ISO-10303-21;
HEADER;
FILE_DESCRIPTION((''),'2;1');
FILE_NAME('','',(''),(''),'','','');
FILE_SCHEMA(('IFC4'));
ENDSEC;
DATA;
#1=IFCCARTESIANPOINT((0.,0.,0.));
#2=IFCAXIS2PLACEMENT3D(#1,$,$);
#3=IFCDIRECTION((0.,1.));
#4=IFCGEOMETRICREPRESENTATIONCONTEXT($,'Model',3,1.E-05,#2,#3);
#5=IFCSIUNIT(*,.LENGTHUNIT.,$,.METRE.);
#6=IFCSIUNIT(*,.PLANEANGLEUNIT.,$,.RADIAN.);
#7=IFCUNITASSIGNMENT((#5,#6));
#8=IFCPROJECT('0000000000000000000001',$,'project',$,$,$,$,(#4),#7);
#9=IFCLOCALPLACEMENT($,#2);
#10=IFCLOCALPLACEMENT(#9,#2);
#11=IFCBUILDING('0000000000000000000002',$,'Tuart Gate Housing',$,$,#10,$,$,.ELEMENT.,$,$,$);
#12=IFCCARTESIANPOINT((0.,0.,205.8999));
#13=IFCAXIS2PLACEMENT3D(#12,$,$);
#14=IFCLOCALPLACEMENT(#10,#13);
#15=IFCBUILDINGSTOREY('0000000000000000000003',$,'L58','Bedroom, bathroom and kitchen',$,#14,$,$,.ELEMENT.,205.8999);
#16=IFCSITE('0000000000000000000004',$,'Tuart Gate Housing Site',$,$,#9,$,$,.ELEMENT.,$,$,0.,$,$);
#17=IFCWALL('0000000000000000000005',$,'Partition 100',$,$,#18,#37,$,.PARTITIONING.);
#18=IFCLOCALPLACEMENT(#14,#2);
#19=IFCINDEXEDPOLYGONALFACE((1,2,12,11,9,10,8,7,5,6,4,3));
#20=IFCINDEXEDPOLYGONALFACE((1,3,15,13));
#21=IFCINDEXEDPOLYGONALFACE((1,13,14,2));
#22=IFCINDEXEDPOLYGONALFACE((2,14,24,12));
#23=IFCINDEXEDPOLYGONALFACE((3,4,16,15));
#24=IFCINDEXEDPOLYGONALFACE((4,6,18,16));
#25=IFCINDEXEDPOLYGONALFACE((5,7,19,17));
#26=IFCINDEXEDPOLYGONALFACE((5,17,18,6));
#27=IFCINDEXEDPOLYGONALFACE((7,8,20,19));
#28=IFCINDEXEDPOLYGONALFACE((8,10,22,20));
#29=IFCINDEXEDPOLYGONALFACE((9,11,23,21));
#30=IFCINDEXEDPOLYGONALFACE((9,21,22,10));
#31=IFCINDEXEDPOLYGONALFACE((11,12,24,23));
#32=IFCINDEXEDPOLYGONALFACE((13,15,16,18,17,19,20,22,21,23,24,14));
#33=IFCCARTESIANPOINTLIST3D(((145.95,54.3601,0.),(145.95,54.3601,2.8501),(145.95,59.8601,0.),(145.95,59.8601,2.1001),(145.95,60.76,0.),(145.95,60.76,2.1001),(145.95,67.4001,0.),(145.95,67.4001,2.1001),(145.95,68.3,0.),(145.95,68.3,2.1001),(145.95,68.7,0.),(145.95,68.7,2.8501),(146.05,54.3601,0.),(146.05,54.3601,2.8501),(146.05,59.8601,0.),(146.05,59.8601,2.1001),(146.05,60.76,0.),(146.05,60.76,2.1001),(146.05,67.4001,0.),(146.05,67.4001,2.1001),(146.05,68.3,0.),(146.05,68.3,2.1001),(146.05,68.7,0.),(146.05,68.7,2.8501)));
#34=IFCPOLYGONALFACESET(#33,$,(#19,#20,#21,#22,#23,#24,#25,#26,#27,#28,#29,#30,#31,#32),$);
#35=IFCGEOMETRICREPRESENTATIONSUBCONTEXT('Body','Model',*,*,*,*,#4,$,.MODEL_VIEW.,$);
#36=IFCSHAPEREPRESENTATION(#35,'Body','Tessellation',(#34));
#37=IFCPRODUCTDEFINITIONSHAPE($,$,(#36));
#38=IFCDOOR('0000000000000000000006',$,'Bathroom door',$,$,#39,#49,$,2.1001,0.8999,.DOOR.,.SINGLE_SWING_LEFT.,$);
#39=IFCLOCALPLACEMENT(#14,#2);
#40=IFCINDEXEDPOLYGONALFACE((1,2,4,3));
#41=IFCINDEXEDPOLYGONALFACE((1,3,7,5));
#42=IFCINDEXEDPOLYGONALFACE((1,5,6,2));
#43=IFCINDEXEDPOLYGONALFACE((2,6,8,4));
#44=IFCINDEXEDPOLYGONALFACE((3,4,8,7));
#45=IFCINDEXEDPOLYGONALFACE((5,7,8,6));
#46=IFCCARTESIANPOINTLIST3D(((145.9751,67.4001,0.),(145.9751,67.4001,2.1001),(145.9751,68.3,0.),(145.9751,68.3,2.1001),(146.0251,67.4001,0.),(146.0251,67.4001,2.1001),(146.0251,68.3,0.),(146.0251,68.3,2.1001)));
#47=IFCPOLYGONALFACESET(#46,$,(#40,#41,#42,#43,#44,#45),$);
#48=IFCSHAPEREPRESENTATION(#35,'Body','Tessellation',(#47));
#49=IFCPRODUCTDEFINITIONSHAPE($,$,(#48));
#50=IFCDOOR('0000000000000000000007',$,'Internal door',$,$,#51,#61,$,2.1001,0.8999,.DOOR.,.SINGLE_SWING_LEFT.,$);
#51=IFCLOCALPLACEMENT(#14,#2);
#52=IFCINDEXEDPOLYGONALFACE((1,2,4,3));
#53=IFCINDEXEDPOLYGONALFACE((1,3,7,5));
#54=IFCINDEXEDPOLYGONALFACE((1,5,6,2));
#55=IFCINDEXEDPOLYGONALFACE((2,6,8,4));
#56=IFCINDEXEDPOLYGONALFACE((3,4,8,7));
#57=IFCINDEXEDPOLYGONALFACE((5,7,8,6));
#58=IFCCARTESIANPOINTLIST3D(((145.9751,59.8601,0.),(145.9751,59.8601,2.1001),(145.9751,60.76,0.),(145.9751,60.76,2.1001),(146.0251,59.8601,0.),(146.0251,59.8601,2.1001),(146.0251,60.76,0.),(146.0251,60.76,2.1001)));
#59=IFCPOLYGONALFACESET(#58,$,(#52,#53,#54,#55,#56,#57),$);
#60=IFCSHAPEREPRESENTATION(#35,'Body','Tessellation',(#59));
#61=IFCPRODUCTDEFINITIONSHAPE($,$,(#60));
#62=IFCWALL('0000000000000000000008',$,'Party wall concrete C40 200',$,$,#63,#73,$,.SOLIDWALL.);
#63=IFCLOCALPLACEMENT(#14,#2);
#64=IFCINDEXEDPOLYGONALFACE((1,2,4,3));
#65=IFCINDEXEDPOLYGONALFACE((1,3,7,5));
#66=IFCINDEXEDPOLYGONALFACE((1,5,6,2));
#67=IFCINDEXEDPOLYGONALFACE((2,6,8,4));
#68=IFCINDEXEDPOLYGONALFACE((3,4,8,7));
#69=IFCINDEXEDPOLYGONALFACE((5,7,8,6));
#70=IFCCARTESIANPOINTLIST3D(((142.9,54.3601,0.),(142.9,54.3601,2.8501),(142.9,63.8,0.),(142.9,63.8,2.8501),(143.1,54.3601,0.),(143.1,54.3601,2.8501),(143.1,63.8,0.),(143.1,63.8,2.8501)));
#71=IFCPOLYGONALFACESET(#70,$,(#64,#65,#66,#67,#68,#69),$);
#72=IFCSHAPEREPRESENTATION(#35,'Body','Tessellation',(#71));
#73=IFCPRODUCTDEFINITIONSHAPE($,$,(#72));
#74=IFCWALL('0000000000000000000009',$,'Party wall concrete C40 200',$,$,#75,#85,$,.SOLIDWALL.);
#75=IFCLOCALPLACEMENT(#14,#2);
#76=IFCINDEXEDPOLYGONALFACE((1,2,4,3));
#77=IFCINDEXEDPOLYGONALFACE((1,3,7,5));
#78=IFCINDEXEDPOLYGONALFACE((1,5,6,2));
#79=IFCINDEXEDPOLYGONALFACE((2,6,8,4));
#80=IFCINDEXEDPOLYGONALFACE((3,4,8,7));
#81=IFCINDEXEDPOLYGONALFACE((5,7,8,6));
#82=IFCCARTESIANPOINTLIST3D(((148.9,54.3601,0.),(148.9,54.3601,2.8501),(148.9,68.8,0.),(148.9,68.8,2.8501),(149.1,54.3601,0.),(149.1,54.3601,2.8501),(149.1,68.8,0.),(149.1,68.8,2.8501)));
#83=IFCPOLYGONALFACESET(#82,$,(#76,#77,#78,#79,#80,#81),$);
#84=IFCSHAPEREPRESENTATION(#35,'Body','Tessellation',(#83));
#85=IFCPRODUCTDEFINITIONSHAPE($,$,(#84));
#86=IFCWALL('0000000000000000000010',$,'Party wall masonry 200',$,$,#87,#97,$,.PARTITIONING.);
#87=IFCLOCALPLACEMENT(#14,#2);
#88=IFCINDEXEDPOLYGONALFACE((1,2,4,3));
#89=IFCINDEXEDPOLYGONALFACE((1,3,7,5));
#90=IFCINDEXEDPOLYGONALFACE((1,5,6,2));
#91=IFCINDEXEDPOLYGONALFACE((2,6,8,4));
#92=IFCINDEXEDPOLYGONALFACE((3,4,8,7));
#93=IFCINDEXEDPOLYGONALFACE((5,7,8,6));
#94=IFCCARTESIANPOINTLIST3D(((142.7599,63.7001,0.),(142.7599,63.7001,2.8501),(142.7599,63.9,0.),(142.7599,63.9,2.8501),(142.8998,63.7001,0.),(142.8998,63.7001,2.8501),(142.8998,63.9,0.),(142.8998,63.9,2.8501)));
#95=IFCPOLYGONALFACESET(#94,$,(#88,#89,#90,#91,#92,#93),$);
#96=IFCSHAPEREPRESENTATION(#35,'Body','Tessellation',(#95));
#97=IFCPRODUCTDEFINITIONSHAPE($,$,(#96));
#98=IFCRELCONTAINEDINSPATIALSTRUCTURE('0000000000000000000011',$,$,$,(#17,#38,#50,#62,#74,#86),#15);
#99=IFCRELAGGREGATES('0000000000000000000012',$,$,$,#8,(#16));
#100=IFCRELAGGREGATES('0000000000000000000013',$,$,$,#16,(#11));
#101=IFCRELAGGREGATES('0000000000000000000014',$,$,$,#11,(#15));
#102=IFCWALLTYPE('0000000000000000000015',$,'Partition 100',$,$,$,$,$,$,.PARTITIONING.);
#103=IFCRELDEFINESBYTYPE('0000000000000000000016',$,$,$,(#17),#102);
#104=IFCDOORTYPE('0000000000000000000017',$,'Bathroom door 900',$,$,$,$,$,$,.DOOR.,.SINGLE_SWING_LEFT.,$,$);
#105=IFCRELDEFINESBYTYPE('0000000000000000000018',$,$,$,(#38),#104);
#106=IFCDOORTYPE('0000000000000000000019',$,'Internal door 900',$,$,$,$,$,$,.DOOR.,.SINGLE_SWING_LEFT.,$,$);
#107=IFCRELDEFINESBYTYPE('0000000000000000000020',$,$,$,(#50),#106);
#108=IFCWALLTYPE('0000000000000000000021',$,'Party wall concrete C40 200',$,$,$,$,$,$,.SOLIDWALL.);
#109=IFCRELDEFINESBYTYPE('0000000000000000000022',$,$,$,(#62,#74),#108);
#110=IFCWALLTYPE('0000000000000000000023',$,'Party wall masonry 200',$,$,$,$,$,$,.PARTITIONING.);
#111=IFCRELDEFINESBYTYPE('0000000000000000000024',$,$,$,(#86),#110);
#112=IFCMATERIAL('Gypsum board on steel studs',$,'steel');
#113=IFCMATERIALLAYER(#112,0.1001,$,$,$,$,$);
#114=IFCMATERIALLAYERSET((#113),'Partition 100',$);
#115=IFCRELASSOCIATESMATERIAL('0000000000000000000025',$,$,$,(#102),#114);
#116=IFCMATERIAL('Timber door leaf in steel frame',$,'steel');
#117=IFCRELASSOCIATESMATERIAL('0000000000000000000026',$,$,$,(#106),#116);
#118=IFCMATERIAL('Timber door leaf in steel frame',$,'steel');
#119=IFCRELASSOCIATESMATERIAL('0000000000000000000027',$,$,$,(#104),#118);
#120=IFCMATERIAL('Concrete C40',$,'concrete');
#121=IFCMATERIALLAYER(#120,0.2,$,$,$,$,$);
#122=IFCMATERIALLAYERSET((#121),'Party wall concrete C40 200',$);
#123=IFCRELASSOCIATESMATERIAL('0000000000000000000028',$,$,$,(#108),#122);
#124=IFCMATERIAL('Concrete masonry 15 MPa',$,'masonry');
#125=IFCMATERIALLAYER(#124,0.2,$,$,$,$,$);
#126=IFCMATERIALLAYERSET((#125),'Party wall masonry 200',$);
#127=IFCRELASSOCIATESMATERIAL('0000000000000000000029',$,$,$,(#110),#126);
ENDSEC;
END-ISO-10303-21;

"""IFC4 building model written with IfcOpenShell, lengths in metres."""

from ifc_helpers import new_model, si_unit, direction, frame, frame_2d, origin, place, context, subcontext, project, spatial, rectangle, extrude, material, layer, layer_set, type_object, element, fill, save


model = new_model("IFC4")

# Units and contexts
model_context = context("Model", 3, precision=1e-05, world=origin(), true_north=direction((0.0, 1.0)))
body_context = subcontext(model_context, "Body", "Model", "MODEL_VIEW")
ifc_project = project(units=[si_unit("LENGTHUNIT", "METRE"), si_unit("PLANEANGLEUNIT", "RADIAN")], contexts=[model_context])

# Site, building, storey
site_placement = place(None, origin())
site = spatial("IfcSite", under=ifc_project, at=site_placement, Name="Tuart Gate Housing Site", CompositionType="ELEMENT", RefElevation=0.0)
building_placement = place(site_placement, origin())
building = spatial("IfcBuilding", under=site, at=building_placement, Name="Tuart Gate Housing", CompositionType="ELEMENT")
storey_placement = place(building_placement, frame((0.0, 0.0, 205.8999)))
storey = spatial("IfcBuildingStorey", under=building, at=storey_placement, Name="L58", Description="Bedroom, bathroom and kitchen", CompositionType="ELEMENT", Elevation=205.8999)

# Shared definitions
ifc_material_1 = material(Name="Gypsum board on steel studs", Category="steel")
ifc_layer_1 = layer(ifc_material_1, 0.1001)
ifc_layer_set_1 = layer_set([ifc_layer_1], Name="Partition 100")
wall_type_1 = type_object("IfcWallType", Name="Partition 100", PredefinedType="PARTITIONING", material=ifc_layer_set_1)

# Shared definitions
ifc_material_2 = material(Name="Timber door leaf in steel frame", Category="steel")
door_type_1 = type_object("IfcDoorType", Name="Internal door 900", OperationType="SINGLE_SWING_LEFT", PredefinedType="DOOR", material=ifc_material_2)

# Wall, openings, doors
wall_1_placement = place(storey_placement, frame((146.0, 54.3601, 0.0), z_axis=(0.0, 0.0, 1.0), x_axis=(0.0, 1.0, 0.0)))
wall_1 = element("IfcWall", 1, at=wall_1_placement, inside=storey, type_object=wall_type_1, Name="Partition 100", PredefinedType="PARTITIONING", context=body_context, shape_type="SweptSolid", body=[
    extrude(rectangle(XDim=14.3398, YDim=0.1001, at=frame_2d((7.1699, 0.0))), origin(), (0.0, 0.0, 1.0), 2.8501),
])
opening_1_placement = place(wall_1_placement, frame((5.5, 0.0, 0.0)))
opening_1 = element("IfcOpeningElement", 2, at=opening_1_placement, cuts=wall_1, PredefinedType="OPENING", context=body_context, shape_type="SweptSolid", body=[
    extrude(rectangle(XDim=0.8999, YDim=2.1001, at=frame_2d((0.45, 1.05))), frame((0.0, 0.0601, 0.0), z_axis=(0.0, -1.0, 0.0), x_axis=(1.0, 0.0, 0.0)), (0.0, 0.0, 1.0), 0.1201),
])
opening_2_placement = place(wall_1_placement, frame((13.04, 0.0, 0.0)))
opening_2 = element("IfcOpeningElement", 3, at=opening_2_placement, cuts=wall_1, PredefinedType="OPENING", context=body_context, shape_type="SweptSolid", body=[
    extrude(rectangle(XDim=0.8999, YDim=2.1001, at=frame_2d((0.45, 1.05))), frame((0.0, 0.0601, 0.0), z_axis=(0.0, -1.0, 0.0), x_axis=(1.0, 0.0, 0.0)), (0.0, 0.0, 1.0), 0.1201),
])
ifc_material_3 = material(Name="Timber door leaf in steel frame", Category="steel")
door_type_2 = type_object("IfcDoorType", Name="Bathroom door 900", OperationType="SINGLE_SWING_LEFT", PredefinedType="DOOR", material=ifc_material_3)
door_1_placement = place(opening_2_placement, frame((0.8999, 0.0, 0.0), z_axis=(0.0, 0.0, 1.0), x_axis=(-1.0, 0.0, 0.0)))
door_1 = element("IfcDoor", 4, at=door_1_placement, inside=storey, type_object=door_type_2, Name="Bathroom door", OperationType="SINGLE_SWING_LEFT", OverallHeight=2.1001, OverallWidth=0.8999, PredefinedType="DOOR", context=body_context, shape_type="SweptSolid", body=[
    extrude(rectangle(XDim=0.8999, YDim=2.1001, at=frame_2d((0.45, 1.05))), frame((0.0, 0.0251, 0.0), z_axis=(0.0, -1.0, 0.0), x_axis=(1.0, 0.0, 0.0)), (0.0, 0.0, 1.0), 0.05),
])
fill(opening_2, door_1)
door_2_placement = place(opening_1_placement, frame((0.8999, 0.0, 0.0), z_axis=(0.0, 0.0, 1.0), x_axis=(-1.0, 0.0, 0.0)))
door_2 = element("IfcDoor", 5, at=door_2_placement, inside=storey, type_object=door_type_1, Name="Internal door", OperationType="SINGLE_SWING_LEFT", OverallHeight=2.1001, OverallWidth=0.8999, PredefinedType="DOOR", context=body_context, shape_type="SweptSolid", body=[
    extrude(rectangle(XDim=0.8999, YDim=2.1001, at=frame_2d((0.45, 1.05))), frame((0.0, 0.0251, 0.0), z_axis=(0.0, -1.0, 0.0), x_axis=(1.0, 0.0, 0.0)), (0.0, 0.0, 1.0), 0.05),
])
fill(opening_1, door_2)

# Walls
ifc_material_4 = material(Name="Concrete C40", Category="concrete")
ifc_layer_2 = layer(ifc_material_4, 0.2)
ifc_layer_set_2 = layer_set([ifc_layer_2], Name="Party wall concrete C40 200")
wall_type_2 = type_object("IfcWallType", Name="Party wall concrete C40 200", PredefinedType="SOLIDWALL", material=ifc_layer_set_2)
wall_2_placement = place(storey_placement, frame((143.0, 54.3601, 0.0), z_axis=(0.0, 0.0, 1.0), x_axis=(0.0, 1.0, 0.0)))
element("IfcWall", 6, at=wall_2_placement, inside=storey, type_object=wall_type_2, Name="Party wall concrete C40 200", PredefinedType="SOLIDWALL", context=body_context, shape_type="SweptSolid", body=[
    extrude(rectangle(XDim=9.4399, YDim=0.2, at=frame_2d((4.72, 0.0))), origin(), (0.0, 0.0, 1.0), 2.8501),
])
wall_3_placement = place(storey_placement, frame((149.0, 54.3601, 0.0), z_axis=(0.0, 0.0, 1.0), x_axis=(0.0, 1.0, 0.0)))
element("IfcWall", 7, at=wall_3_placement, inside=storey, type_object=wall_type_2, Name="Party wall concrete C40 200", PredefinedType="SOLIDWALL", context=body_context, shape_type="SweptSolid", body=[
    extrude(rectangle(XDim=14.4399, YDim=0.2, at=frame_2d((7.22, 0.0))), origin(), (0.0, 0.0, 1.0), 2.8501),
])
ifc_material_5 = material(Name="Concrete masonry 15 MPa", Category="masonry")
ifc_layer_3 = layer(ifc_material_5, 0.2)
ifc_layer_set_3 = layer_set([ifc_layer_3], Name="Party wall masonry 200")
wall_type_3 = type_object("IfcWallType", Name="Party wall masonry 200", PredefinedType="PARTITIONING", material=ifc_layer_set_3)
wall_4_placement = place(storey_placement, frame((142.76, 63.8, 0.0), z_axis=(0.0, 0.0, 1.0), x_axis=(1.0, 0.0, 0.0)))
element("IfcWall", 8, at=wall_4_placement, inside=storey, type_object=wall_type_3, Name="Party wall masonry 200", PredefinedType="PARTITIONING", context=body_context, shape_type="SweptSolid", body=[
    extrude(rectangle(XDim=0.1399, YDim=0.2, at=frame_2d((0.0698, 0.0))), origin(), (0.0, 0.0, 1.0), 2.8501),
])

save(model, "model.ifc")
